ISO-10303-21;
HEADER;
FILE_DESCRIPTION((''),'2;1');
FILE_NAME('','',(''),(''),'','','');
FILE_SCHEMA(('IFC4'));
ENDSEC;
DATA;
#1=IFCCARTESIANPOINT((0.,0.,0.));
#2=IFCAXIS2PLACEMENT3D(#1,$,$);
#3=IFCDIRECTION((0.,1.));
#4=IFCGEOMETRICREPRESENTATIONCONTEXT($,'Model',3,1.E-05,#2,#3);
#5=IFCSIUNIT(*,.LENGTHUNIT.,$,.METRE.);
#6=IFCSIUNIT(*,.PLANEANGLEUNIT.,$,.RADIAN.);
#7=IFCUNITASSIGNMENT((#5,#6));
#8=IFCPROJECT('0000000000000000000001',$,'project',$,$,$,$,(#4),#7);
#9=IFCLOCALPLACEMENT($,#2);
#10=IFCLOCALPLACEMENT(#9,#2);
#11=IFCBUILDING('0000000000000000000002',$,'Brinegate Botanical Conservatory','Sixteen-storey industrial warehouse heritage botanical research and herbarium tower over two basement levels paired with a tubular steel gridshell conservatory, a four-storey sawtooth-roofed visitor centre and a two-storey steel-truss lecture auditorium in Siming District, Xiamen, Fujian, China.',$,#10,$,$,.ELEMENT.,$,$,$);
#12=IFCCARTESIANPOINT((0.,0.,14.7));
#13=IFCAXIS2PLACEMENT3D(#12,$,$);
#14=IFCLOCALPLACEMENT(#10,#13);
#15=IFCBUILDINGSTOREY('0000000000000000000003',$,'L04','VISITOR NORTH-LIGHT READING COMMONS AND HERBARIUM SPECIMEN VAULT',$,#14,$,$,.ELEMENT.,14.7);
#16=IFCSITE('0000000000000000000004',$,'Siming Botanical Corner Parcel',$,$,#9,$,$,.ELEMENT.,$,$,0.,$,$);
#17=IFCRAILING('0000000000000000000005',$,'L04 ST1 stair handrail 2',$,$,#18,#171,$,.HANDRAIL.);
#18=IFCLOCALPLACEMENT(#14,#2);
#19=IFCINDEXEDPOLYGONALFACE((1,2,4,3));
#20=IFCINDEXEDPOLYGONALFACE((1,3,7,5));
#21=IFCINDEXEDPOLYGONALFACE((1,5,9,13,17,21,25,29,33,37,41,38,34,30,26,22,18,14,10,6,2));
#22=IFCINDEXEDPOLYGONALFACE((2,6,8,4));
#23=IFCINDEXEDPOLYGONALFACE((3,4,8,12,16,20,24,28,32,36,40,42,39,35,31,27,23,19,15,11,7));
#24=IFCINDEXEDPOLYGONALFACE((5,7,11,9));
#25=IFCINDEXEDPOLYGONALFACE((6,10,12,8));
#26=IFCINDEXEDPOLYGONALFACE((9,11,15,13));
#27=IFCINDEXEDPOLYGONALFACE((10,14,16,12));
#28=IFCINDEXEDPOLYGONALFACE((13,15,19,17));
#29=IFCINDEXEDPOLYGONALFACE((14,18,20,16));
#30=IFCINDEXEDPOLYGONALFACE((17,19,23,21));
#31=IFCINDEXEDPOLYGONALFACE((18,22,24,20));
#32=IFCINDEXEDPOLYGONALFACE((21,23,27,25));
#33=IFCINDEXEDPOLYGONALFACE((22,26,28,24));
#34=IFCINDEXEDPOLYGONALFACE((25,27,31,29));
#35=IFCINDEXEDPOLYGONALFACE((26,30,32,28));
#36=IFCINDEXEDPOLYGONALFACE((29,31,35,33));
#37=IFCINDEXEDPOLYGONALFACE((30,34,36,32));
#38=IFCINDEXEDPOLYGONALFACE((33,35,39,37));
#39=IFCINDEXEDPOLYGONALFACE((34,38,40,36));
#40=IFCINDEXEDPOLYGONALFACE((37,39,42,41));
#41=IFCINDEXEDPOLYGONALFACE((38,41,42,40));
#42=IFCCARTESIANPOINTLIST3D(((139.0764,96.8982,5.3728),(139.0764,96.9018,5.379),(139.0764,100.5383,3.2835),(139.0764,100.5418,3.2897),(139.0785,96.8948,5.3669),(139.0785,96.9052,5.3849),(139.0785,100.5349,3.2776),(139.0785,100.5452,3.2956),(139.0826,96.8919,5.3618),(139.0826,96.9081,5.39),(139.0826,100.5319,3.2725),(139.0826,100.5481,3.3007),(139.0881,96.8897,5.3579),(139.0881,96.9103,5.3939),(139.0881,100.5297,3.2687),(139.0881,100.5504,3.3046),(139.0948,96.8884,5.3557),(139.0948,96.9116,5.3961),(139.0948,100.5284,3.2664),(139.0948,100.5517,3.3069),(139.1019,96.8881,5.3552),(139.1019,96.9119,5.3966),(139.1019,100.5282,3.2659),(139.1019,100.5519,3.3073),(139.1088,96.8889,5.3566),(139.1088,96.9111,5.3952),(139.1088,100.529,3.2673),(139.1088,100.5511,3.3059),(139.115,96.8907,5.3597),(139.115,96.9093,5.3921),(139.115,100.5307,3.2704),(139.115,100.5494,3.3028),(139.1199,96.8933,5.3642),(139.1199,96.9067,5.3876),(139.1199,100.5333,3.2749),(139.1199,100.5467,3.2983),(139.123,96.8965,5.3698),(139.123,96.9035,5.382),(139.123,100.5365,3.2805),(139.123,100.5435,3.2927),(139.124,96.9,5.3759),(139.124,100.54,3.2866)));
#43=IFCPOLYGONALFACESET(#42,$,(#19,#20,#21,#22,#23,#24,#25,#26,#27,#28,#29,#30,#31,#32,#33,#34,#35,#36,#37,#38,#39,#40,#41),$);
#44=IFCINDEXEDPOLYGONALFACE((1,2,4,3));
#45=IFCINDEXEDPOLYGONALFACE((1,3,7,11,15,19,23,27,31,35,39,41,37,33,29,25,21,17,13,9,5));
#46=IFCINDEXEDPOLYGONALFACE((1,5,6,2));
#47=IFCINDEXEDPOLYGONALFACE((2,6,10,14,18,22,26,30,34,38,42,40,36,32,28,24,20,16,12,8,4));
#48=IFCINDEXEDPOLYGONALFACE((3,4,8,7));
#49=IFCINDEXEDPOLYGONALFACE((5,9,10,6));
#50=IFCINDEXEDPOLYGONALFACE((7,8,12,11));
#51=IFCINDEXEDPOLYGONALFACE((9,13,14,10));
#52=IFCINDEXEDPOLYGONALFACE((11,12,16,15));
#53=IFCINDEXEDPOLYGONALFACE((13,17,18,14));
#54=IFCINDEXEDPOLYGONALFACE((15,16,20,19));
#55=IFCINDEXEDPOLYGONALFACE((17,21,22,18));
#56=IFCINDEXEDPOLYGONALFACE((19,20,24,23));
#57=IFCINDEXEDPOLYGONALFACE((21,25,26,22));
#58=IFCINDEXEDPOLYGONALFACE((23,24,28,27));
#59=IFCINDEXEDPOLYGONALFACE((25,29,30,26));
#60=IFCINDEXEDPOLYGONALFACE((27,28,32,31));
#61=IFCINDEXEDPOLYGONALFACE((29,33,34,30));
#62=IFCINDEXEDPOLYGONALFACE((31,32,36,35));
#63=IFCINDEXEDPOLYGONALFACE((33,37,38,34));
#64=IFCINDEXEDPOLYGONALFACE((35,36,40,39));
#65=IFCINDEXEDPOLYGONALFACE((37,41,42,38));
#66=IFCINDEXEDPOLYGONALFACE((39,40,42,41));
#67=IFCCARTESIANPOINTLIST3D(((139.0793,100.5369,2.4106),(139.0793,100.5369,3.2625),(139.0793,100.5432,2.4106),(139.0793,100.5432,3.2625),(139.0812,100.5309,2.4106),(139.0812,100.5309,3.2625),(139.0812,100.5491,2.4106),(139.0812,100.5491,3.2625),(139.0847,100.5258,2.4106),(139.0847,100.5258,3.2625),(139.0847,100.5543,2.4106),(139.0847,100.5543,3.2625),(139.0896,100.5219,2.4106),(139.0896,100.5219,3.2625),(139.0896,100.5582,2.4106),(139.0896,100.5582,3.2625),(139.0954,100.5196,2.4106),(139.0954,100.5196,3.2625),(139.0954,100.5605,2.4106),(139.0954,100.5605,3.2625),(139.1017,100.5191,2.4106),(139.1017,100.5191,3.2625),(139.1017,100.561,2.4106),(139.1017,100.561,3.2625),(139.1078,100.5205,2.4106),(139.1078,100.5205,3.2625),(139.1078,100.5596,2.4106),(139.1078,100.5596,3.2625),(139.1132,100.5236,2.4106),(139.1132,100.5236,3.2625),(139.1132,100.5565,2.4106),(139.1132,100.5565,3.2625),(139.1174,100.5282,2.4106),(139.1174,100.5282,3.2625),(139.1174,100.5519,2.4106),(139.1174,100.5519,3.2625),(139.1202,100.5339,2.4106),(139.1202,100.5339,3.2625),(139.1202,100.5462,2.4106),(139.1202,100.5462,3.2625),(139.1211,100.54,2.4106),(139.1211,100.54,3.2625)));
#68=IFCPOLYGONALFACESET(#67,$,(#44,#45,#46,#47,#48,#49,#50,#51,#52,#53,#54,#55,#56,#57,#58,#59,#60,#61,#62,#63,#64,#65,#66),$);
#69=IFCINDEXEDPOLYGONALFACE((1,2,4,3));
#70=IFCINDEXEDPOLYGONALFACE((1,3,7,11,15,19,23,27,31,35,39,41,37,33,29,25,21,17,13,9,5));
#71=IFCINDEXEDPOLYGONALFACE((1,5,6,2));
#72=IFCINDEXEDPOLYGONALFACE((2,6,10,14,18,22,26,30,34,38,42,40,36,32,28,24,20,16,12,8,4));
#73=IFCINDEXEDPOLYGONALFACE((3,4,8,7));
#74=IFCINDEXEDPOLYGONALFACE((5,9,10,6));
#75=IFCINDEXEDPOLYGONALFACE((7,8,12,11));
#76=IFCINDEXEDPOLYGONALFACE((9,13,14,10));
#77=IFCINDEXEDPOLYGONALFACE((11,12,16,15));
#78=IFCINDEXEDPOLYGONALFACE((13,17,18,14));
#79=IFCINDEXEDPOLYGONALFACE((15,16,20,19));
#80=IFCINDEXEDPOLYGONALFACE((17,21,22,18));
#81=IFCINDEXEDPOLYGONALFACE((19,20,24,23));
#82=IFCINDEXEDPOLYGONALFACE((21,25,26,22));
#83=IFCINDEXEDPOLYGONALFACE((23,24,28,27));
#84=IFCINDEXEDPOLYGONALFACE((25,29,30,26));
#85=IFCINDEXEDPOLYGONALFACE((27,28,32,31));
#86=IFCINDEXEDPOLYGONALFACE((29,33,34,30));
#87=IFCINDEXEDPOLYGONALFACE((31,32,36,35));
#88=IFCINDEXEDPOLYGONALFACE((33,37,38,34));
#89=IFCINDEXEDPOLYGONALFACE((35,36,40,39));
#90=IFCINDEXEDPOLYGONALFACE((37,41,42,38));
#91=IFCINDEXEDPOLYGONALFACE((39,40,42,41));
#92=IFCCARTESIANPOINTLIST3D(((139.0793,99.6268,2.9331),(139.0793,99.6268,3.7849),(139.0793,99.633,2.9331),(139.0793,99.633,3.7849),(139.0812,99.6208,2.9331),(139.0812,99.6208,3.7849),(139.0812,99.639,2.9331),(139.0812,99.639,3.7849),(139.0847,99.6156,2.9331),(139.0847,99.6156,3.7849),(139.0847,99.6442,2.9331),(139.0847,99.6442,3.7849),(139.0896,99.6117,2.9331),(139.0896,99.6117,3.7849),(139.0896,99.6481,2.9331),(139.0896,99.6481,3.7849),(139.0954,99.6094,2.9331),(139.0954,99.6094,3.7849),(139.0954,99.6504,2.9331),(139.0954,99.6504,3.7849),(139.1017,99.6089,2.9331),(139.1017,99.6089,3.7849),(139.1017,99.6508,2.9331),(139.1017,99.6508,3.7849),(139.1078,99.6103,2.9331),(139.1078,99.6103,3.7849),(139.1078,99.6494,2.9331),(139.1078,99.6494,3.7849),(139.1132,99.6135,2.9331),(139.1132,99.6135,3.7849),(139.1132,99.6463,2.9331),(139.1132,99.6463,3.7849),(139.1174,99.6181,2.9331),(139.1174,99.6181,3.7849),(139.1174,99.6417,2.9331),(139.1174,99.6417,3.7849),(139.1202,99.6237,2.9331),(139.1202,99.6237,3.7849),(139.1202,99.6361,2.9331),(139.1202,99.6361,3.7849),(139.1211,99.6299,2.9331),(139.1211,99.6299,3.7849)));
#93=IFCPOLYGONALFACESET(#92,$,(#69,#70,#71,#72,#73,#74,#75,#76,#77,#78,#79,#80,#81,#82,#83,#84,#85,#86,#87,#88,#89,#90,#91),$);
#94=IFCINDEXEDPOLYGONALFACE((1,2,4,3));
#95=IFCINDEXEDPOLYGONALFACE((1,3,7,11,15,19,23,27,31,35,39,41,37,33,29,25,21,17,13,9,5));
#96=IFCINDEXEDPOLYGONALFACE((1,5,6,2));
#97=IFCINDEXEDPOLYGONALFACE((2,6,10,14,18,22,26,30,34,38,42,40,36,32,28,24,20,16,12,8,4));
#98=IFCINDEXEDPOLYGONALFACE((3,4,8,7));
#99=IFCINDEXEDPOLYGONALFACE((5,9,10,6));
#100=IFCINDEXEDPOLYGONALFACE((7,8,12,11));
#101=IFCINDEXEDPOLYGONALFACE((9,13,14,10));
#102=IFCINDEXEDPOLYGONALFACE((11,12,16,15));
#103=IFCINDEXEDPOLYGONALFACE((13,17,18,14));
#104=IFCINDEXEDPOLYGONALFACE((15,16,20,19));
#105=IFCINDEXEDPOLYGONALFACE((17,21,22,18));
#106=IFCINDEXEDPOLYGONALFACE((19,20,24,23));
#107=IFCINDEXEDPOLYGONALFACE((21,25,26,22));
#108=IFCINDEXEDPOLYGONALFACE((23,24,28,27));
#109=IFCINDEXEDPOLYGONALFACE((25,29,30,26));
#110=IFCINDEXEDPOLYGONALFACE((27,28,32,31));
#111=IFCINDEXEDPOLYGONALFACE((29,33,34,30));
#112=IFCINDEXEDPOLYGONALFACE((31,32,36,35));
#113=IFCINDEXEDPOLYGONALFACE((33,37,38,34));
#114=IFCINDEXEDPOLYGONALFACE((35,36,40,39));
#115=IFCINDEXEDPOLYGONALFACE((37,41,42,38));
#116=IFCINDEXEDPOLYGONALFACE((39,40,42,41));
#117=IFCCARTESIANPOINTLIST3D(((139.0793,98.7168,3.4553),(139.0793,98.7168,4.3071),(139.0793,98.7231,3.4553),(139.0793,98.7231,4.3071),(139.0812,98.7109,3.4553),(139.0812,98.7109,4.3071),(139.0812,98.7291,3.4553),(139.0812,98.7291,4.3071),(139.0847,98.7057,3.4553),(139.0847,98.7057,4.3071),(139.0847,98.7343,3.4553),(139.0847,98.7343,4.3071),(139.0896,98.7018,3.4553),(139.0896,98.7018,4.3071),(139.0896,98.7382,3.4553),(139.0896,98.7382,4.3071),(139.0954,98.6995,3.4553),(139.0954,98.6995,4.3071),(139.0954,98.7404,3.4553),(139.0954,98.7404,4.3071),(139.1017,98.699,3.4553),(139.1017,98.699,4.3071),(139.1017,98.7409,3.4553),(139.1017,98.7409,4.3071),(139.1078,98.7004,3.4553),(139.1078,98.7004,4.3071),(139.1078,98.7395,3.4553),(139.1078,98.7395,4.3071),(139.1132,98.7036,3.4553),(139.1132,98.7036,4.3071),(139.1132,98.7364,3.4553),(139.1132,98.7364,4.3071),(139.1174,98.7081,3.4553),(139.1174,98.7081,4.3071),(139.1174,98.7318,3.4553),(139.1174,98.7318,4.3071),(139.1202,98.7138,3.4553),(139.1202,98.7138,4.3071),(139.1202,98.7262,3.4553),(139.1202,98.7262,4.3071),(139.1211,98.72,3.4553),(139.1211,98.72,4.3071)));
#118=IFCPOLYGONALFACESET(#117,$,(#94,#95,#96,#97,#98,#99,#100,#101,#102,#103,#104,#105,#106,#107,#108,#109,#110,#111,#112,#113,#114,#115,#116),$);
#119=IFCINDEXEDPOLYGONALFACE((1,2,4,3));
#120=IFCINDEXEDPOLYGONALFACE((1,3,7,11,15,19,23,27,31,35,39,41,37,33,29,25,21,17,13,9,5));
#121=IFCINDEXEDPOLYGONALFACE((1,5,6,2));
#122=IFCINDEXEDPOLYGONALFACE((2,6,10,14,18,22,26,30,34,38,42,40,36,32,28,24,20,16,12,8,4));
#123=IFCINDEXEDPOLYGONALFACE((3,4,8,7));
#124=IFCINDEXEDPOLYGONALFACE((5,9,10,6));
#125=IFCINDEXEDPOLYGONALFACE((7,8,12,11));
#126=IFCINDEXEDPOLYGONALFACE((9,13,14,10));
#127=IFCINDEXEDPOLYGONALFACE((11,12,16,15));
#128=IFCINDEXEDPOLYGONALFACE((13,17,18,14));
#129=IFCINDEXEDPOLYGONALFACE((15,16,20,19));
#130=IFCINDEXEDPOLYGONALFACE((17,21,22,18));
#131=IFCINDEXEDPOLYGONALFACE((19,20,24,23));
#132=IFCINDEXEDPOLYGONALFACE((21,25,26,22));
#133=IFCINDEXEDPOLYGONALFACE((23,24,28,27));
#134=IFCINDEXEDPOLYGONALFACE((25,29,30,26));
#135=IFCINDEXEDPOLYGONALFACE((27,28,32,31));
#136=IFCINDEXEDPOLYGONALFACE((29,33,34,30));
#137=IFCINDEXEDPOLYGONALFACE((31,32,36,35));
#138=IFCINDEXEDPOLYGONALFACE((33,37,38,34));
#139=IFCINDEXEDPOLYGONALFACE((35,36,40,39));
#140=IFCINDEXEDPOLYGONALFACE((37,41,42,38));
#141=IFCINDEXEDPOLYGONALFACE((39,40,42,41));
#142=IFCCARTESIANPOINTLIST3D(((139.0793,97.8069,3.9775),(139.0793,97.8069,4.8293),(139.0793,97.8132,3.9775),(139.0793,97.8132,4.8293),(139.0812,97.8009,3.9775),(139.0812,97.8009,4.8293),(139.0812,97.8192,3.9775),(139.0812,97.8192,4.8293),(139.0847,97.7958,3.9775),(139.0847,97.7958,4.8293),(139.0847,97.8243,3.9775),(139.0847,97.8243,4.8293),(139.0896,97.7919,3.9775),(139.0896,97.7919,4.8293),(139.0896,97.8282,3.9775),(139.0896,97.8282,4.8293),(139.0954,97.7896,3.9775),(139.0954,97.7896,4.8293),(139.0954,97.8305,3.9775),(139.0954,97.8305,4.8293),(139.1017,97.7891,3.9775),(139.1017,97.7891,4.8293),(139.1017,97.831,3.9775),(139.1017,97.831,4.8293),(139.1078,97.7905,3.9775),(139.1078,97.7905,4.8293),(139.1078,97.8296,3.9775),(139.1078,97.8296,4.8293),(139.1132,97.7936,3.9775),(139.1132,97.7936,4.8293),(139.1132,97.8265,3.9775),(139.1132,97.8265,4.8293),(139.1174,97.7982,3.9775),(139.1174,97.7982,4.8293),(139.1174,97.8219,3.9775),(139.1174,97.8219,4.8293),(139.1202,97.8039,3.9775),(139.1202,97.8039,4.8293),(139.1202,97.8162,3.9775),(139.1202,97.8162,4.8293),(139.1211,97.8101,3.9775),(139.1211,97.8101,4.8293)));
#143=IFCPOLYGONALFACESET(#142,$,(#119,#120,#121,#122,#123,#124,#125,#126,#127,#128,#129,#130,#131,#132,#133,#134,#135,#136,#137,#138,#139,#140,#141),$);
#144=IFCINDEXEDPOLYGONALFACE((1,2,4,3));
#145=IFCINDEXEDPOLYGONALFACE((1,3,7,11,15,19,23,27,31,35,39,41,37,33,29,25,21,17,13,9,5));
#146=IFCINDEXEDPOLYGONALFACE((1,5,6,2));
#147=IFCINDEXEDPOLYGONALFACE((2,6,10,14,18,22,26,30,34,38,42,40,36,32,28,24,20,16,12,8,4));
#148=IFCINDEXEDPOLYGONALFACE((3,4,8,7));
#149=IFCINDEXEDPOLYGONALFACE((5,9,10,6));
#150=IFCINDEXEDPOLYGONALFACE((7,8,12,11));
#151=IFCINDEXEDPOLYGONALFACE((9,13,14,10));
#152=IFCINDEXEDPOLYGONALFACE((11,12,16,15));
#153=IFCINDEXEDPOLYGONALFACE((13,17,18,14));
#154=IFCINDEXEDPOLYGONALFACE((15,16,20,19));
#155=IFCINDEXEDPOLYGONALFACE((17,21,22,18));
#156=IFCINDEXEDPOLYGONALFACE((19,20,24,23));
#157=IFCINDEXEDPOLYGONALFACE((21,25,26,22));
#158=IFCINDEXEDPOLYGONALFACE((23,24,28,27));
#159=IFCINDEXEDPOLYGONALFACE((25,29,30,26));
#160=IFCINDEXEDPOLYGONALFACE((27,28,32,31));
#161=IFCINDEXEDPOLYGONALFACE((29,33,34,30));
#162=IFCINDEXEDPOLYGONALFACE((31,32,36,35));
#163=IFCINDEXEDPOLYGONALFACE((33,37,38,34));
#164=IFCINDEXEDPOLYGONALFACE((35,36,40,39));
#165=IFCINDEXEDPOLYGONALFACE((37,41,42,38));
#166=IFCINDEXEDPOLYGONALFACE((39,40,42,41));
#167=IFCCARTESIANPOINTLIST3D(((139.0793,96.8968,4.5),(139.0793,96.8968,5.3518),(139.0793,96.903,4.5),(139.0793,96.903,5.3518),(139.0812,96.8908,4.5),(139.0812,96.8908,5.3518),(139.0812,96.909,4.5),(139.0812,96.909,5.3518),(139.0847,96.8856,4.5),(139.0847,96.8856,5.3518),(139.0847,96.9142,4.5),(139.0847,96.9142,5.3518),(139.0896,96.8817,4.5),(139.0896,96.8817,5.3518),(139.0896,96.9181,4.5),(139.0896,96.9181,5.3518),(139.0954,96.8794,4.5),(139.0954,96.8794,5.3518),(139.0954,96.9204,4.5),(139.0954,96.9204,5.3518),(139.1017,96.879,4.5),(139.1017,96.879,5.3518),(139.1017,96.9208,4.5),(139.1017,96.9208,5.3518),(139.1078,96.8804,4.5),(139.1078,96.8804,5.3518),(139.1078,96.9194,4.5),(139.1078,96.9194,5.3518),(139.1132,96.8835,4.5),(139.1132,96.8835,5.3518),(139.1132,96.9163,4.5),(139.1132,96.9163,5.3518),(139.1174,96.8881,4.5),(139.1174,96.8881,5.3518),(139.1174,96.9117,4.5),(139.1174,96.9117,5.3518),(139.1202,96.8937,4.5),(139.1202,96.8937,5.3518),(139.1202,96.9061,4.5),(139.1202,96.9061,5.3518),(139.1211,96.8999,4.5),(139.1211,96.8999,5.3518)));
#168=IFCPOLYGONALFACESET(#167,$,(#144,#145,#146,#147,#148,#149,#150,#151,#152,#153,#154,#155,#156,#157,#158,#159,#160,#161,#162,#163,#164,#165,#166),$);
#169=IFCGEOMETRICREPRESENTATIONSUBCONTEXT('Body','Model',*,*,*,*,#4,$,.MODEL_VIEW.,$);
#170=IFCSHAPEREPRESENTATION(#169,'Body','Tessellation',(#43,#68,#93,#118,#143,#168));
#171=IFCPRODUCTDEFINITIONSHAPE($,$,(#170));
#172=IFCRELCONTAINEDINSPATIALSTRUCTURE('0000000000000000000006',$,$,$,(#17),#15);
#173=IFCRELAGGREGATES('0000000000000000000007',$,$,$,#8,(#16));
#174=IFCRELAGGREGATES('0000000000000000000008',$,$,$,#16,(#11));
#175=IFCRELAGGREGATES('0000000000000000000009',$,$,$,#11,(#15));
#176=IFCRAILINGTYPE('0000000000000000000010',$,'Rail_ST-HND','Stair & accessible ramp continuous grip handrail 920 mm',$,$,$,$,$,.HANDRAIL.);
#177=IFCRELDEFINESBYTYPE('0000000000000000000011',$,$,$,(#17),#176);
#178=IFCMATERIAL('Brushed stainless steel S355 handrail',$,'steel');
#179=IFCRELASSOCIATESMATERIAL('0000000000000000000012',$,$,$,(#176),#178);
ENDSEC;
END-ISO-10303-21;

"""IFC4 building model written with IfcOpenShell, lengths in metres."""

from ifc_helpers import new_model, si_unit, direction, frame, origin, origin_2d, place, context, subcontext, project, spatial, circle, extrude, material, type_object, element, save


model = new_model("IFC4")

# Units and contexts
model_context = context("Model", 3, precision=1e-05, world=origin(), true_north=direction((0.0, 1.0)))
body_context = subcontext(model_context, "Body", "Model", "MODEL_VIEW")
ifc_project = project(units=[si_unit("LENGTHUNIT", "METRE"), si_unit("PLANEANGLEUNIT", "RADIAN")], contexts=[model_context])

# Site, building, storey
site_placement = place(None, origin())
site = spatial("IfcSite", under=ifc_project, at=site_placement, Name="Siming Botanical Corner Parcel", CompositionType="ELEMENT", RefElevation=0.0)
building_placement = place(site_placement, origin())
building = spatial("IfcBuilding", under=site, at=building_placement, Name="Brinegate Botanical Conservatory", Description="Sixteen-storey industrial warehouse heritage botanical research and herbarium tower over two basement levels paired with a tubular steel gridshell conservatory, a four-storey sawtooth-roofed visitor centre and a two-storey steel-truss lecture auditorium in Siming District, Xiamen, Fujian, China.", CompositionType="ELEMENT")
storey_placement = place(building_placement, frame((0.0, 0.0, 14.7)))
storey = spatial("IfcBuildingStorey", under=building, at=storey_placement, Name="L04", Description="VISITOR NORTH-LIGHT READING COMMONS AND HERBARIUM SPECIMEN VAULT", CompositionType="ELEMENT", Elevation=14.7)

# Railing
ifc_material_1 = material(Name="Brushed stainless steel S355 handrail", Category="steel")
railing_type_1 = type_object("IfcRailingType", Name="Rail_ST-HND", Description="Stair & accessible ramp continuous grip handrail 920 mm", PredefinedType="HANDRAIL", material=ifc_material_1)
railing_1_placement = place(storey_placement, frame((139.1001, 100.54, 2.4106)))
element("IfcRailing", 1, at=railing_1_placement, inside=storey, type_object=railing_type_1, Name="L04 ST1 stair handrail 2", PredefinedType="HANDRAIL", context=body_context, shape_type="SweptSolid", body=[
    extrude(circle(Radius=0.0239, at=origin_2d()), frame((0.0, 0.0, 0.876), z_axis=(0.0, -0.867289, 0.497804), x_axis=(1.0, 0.0, 0.0)), (0.0, 0.0, 1.0), 4.197),
    extrude(circle(Radius=0.021, at=origin_2d()), origin(), (0.0, 0.0, 1.0), 0.8518),
    extrude(circle(Radius=0.021, at=origin_2d()), frame((0.0, -0.9102, 0.5225)), (0.0, 0.0, 1.0), 0.8518),
    extrude(circle(Radius=0.021, at=origin_2d()), frame((0.0, -1.8201, 1.0447)), (0.0, 0.0, 1.0), 0.8518),
    extrude(circle(Radius=0.021, at=origin_2d()), frame((0.0, -2.73, 1.5669)), (0.0, 0.0, 1.0), 0.8518),
    extrude(circle(Radius=0.021, at=origin_2d()), frame((0.0, -3.6401, 2.0894)), (0.0, 0.0, 1.0), 0.8518),
])

save(model, "model.ifc")
